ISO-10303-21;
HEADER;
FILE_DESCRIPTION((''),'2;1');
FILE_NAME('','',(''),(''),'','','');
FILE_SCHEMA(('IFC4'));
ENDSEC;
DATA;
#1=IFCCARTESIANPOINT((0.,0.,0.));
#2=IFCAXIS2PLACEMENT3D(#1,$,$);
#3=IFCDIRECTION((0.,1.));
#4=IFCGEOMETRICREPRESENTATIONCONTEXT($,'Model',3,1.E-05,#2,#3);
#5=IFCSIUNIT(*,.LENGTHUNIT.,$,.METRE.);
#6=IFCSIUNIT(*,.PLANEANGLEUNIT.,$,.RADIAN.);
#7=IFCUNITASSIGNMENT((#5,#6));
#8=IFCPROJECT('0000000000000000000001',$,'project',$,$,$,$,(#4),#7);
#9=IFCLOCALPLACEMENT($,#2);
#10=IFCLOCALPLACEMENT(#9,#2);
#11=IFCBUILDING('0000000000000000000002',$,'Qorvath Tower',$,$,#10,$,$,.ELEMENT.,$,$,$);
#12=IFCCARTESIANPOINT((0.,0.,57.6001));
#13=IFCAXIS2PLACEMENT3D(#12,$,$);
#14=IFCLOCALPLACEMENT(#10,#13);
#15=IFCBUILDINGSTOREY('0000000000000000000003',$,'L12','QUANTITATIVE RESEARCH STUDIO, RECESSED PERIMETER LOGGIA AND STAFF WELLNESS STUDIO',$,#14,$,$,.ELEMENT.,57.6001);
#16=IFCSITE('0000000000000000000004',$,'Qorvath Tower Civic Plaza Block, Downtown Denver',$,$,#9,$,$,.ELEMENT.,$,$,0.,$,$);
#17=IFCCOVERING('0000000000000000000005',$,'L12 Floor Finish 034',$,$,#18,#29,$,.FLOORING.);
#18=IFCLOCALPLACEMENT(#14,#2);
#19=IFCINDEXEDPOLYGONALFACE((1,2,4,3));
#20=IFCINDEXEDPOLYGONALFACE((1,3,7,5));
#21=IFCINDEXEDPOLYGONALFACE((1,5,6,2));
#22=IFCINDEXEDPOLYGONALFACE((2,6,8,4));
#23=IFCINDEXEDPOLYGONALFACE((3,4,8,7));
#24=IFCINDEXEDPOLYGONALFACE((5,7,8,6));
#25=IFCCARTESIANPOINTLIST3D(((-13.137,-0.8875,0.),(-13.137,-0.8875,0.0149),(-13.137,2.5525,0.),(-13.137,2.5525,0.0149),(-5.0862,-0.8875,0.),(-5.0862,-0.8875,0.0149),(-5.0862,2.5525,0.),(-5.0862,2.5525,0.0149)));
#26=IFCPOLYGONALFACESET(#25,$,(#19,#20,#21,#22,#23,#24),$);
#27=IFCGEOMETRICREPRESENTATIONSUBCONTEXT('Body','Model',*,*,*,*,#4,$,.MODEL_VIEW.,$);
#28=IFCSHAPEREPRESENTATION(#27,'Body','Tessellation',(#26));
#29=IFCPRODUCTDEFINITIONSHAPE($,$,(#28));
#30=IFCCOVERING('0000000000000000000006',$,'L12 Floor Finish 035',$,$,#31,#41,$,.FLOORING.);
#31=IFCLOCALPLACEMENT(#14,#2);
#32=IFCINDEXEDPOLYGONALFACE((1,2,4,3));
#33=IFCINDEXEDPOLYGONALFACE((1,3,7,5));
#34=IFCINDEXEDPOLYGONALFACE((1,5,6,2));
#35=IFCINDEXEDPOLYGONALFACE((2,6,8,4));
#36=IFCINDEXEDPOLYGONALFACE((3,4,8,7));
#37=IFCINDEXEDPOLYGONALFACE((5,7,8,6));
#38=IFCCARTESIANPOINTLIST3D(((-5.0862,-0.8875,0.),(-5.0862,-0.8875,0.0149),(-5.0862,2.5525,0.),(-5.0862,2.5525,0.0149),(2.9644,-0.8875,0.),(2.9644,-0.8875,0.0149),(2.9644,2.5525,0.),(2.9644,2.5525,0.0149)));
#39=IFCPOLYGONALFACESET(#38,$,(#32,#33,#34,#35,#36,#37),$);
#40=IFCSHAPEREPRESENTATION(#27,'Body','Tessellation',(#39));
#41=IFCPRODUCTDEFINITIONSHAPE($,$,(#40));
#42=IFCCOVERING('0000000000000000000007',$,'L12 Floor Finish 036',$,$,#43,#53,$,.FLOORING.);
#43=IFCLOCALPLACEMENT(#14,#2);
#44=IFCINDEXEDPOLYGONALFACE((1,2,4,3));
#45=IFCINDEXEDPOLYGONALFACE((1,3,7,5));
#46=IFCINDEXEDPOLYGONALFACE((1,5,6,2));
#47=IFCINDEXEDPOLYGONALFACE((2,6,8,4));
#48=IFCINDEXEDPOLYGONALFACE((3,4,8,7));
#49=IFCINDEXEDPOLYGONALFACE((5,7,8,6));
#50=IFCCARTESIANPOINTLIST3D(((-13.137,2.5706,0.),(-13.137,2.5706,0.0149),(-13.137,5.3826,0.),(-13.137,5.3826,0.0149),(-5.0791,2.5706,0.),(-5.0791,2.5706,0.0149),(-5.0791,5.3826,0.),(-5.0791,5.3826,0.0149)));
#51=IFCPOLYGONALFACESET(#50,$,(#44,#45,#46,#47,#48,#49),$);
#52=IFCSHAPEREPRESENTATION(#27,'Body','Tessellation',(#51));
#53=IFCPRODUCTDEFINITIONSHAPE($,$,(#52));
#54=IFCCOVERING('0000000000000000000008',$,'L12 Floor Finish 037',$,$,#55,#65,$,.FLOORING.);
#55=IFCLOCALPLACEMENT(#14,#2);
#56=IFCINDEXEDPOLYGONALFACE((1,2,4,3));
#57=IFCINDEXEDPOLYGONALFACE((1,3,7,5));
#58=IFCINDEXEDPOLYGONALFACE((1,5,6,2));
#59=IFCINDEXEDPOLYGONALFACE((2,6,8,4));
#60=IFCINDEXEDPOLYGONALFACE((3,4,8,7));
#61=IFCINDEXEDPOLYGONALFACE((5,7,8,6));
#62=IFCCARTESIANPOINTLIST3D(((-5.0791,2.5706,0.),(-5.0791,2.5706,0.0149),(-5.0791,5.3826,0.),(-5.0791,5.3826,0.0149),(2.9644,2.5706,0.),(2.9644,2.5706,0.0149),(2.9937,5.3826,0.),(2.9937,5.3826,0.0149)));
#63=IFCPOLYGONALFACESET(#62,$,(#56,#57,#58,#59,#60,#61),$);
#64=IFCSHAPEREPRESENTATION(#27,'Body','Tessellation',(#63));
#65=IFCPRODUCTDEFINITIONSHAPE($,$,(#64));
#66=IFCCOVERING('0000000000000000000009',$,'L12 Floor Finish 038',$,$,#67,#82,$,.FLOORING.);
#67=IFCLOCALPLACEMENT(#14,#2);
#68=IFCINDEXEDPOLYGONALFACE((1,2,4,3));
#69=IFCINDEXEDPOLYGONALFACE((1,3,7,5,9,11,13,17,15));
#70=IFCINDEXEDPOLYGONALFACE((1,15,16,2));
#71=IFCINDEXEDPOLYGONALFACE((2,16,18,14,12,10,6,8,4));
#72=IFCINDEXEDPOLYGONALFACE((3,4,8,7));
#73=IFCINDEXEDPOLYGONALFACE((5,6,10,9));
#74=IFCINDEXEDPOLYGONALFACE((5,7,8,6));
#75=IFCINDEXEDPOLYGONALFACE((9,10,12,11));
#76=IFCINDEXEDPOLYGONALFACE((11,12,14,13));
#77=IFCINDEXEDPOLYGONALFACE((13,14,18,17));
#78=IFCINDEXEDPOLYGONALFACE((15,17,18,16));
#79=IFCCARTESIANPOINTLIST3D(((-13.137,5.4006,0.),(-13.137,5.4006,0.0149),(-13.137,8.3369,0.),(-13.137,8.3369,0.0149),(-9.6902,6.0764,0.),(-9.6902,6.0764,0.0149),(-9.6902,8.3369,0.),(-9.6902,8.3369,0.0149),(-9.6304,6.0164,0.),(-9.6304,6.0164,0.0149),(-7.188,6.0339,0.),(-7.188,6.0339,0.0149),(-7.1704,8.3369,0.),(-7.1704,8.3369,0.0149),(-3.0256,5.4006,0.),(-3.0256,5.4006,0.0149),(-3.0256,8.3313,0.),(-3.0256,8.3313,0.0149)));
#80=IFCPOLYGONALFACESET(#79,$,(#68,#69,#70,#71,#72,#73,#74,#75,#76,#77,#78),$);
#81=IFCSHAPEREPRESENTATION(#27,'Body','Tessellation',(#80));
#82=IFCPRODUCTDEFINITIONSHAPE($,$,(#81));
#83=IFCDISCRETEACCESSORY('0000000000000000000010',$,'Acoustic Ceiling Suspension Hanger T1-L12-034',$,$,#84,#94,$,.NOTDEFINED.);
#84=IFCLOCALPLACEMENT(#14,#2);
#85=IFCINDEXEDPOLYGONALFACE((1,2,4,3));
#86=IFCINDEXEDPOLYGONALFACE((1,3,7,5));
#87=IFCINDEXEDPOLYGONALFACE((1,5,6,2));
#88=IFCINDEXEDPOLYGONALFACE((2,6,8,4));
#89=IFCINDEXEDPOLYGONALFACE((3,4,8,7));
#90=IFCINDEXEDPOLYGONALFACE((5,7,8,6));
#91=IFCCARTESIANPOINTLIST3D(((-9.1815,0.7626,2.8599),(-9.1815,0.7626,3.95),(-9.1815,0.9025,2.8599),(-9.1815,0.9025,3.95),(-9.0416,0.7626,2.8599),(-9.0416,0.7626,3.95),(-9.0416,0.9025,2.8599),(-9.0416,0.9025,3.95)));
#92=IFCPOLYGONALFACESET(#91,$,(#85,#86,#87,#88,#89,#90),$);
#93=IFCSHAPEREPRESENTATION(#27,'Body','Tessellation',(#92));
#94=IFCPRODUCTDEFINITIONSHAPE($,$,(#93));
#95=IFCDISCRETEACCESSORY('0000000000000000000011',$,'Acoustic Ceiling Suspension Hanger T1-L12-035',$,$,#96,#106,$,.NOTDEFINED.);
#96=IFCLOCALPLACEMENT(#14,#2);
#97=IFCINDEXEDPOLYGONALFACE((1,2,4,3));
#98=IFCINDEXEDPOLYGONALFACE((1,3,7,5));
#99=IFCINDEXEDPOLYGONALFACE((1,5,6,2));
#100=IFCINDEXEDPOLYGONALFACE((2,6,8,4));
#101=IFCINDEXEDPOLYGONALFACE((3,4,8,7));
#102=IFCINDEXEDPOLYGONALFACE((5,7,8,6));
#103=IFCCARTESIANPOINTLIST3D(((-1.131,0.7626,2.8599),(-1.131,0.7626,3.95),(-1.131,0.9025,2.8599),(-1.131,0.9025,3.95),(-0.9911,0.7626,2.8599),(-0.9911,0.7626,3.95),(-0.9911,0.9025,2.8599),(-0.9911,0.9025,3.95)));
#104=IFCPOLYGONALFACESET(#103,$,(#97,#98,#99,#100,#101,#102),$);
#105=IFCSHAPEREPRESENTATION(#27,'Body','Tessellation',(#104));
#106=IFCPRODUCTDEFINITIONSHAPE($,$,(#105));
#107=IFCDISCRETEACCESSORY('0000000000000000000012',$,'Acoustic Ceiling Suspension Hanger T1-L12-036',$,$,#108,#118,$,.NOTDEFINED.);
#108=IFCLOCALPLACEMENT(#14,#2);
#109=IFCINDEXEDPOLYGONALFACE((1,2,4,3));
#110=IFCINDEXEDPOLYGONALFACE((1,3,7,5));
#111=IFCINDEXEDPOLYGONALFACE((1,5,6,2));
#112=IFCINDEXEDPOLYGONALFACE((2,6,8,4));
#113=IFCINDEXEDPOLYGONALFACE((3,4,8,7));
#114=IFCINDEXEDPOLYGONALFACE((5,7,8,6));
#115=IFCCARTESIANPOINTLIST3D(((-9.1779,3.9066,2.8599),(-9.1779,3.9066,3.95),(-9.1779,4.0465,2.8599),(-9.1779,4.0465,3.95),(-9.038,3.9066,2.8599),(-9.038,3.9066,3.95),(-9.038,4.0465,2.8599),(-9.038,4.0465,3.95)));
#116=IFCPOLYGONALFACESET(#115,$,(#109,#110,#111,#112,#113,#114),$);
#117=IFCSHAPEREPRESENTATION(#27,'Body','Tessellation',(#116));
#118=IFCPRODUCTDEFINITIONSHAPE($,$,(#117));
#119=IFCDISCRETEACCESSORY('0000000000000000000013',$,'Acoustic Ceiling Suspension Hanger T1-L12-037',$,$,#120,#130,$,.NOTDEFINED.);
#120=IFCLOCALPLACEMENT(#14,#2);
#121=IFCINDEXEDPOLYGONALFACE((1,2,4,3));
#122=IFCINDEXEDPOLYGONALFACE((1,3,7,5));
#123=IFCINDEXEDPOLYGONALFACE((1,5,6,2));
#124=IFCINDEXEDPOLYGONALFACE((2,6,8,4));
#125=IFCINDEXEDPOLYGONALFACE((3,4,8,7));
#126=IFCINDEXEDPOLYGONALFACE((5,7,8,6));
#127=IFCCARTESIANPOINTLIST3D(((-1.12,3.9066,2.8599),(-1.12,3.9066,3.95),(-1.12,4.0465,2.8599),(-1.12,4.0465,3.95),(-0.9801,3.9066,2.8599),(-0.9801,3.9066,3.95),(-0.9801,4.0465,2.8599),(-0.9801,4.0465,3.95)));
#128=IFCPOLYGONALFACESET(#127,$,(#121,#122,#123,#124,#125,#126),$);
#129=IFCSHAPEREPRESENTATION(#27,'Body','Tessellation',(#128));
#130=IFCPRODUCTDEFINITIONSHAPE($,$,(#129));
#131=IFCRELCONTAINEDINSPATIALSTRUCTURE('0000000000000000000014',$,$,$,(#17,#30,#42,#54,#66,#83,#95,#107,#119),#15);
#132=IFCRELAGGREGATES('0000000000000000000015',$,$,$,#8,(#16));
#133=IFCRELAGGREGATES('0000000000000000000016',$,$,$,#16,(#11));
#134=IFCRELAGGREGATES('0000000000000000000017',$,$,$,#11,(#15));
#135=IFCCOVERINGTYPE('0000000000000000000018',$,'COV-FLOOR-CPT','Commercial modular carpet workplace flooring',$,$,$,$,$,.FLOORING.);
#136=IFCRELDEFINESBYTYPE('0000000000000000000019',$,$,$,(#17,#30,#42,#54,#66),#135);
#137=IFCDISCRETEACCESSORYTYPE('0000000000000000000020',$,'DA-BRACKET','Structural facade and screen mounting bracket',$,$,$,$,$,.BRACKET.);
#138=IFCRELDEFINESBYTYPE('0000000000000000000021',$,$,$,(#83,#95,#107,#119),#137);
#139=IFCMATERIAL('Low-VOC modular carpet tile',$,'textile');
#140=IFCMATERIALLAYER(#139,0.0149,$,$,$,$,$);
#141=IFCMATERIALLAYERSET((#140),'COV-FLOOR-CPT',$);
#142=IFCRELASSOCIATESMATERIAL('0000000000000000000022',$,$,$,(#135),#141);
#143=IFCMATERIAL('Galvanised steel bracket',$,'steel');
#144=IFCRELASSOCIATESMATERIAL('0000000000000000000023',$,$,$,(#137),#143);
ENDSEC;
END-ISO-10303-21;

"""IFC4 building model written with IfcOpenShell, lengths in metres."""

from ifc_helpers import new_model, si_unit, direction, frame, origin, origin_2d, place, context, subcontext, project, spatial, polyline, rectangle, outline, extrude, material, layer, layer_set, type_object, element, save


model = new_model("IFC4")

# Units and contexts
model_context = context("Model", 3, precision=1e-05, world=origin(), true_north=direction((0.0, 1.0)))
body_context = subcontext(model_context, "Body", "Model", "MODEL_VIEW")
ifc_project = project(units=[si_unit("LENGTHUNIT", "METRE"), si_unit("PLANEANGLEUNIT", "RADIAN")], contexts=[model_context])

# Site, building, storey
site_placement = place(None, origin())
site = spatial("IfcSite", under=ifc_project, at=site_placement, Name="Qorvath Tower Civic Plaza Block, Downtown Denver", CompositionType="ELEMENT", RefElevation=0.0)
building_placement = place(site_placement, origin())
building = spatial("IfcBuilding", under=site, at=building_placement, Name="Qorvath Tower", CompositionType="ELEMENT")
storey_placement = place(building_placement, frame((0.0, 0.0, 57.6001)))
storey = spatial("IfcBuildingStorey", under=building, at=storey_placement, Name="L12", Description="QUANTITATIVE RESEARCH STUDIO, RECESSED PERIMETER LOGGIA AND STAFF WELLNESS STUDIO", CompositionType="ELEMENT", Elevation=57.6001)

# Coverings
ifc_material_1 = material(Name="Low-VOC modular carpet tile", Category="textile")
ifc_layer_1 = layer(ifc_material_1, 0.0149)
ifc_layer_set_1 = layer_set([ifc_layer_1], Name="COV-FLOOR-CPT")
covering_type_1 = type_object("IfcCoveringType", Name="COV-FLOOR-CPT", Description="Commercial modular carpet workplace flooring", PredefinedType="FLOORING", material=ifc_layer_set_1)
covering_1_placement = place(storey_placement, origin())
element("IfcCovering", 1, at=covering_1_placement, inside=storey, type_object=covering_type_1, Name="L12 Floor Finish 034", PredefinedType="FLOORING", context=body_context, shape_type="SweptSolid", body=[
    extrude(outline(polyline([(-13.137, -0.8875), (-5.0862, -0.8875), (-5.0862, 2.5525), (-13.137, 2.5525), (-13.137, -0.8875)])), origin(), (0.0, 0.0, 1.0), 0.0149),
])
covering_2_placement = place(storey_placement, origin())
element("IfcCovering", 2, at=covering_2_placement, inside=storey, type_object=covering_type_1, Name="L12 Floor Finish 035", PredefinedType="FLOORING", context=body_context, shape_type="SweptSolid", body=[
    extrude(outline(polyline([(-5.0862, 2.5525), (-5.0862, -0.8875), (2.9644, -0.8875), (2.9644, 2.5525), (-5.0862, 2.5525)])), origin(), (0.0, 0.0, 1.0), 0.0149),
])
covering_3_placement = place(storey_placement, origin())
element("IfcCovering", 3, at=covering_3_placement, inside=storey, type_object=covering_type_1, Name="L12 Floor Finish 036", PredefinedType="FLOORING", context=body_context, shape_type="SweptSolid", body=[
    extrude(outline(polyline([(-13.137, 2.5706), (-5.0791, 2.5706), (-5.0791, 5.3826), (-13.137, 5.3826), (-13.137, 2.5706)])), origin(), (0.0, 0.0, 1.0), 0.0149),
])
covering_4_placement = place(storey_placement, origin())
element("IfcCovering", 4, at=covering_4_placement, inside=storey, type_object=covering_type_1, Name="L12 Floor Finish 037", PredefinedType="FLOORING", context=body_context, shape_type="SweptSolid", body=[
    extrude(outline(polyline([(-5.0791, 5.3826), (-5.0791, 2.5706), (2.9644, 2.5706), (2.9937, 5.3826), (-5.0791, 5.3826)])), origin(), (0.0, 0.0, 1.0), 0.0149),
])
covering_5_placement = place(storey_placement, origin())
element("IfcCovering", 5, at=covering_5_placement, inside=storey, type_object=covering_type_1, Name="L12 Floor Finish 038", PredefinedType="FLOORING", context=body_context, shape_type="SweptSolid", body=[
    extrude(outline(polyline([(-3.0256, 5.4006), (-3.0256, 8.3313), (-7.1704, 8.3369), (-7.188, 6.0339), (-9.6304, 6.0164), (-9.6902, 6.0764), (-9.6902, 8.3369), (-13.137, 8.3369), (-13.137, 5.4006), (-3.0256, 5.4006)])), origin(), (0.0, 0.0, 1.0), 0.0149),
])

# Discrete accessories
ifc_material_2 = material(Name="Galvanised steel bracket", Category="steel")
discrete_accessory_type = type_object("IfcDiscreteAccessoryType", Name="DA-BRACKET", Description="Structural facade and screen mounting bracket", PredefinedType="BRACKET", material=ifc_material_2)
for number, where, z_axis, x_axis, name in (
    (6, (-9.1116, 0.8325, 2.8599), (0.0, 0.0, 1.0), (1.0, 0.0, 0.0), "Acoustic Ceiling Suspension Hanger T1-L12-034"),
    (7, (-1.061, 0.8325, 2.8599), (0.0, 0.0, 1.0), (1.0, 0.0, 0.0), "Acoustic Ceiling Suspension Hanger T1-L12-035"),
    (8, (-9.1079, 3.9766, 2.8599), (0.0, 0.0, 1.0), (1.0, 0.0, 0.0), "Acoustic Ceiling Suspension Hanger T1-L12-036"),
    (9, (-1.05, 3.9766, 2.8599), (0.0, 0.0, 1.0), (1.0, 0.0, 0.0), "Acoustic Ceiling Suspension Hanger T1-L12-037"),
):
    element("IfcDiscreteAccessory", number, at=place(storey_placement, frame(where, z_axis=z_axis, x_axis=x_axis)), inside=storey, type_object=discrete_accessory_type, Name=name, PredefinedType="NOTDEFINED", context=body_context, shape_type="SweptSolid", body=[
        extrude(rectangle(XDim=0.1399, YDim=0.1399, at=origin_2d()), origin(), (0.0, 0.0, 1.0), 1.0901),
    ])

save(model, "model.ifc")
